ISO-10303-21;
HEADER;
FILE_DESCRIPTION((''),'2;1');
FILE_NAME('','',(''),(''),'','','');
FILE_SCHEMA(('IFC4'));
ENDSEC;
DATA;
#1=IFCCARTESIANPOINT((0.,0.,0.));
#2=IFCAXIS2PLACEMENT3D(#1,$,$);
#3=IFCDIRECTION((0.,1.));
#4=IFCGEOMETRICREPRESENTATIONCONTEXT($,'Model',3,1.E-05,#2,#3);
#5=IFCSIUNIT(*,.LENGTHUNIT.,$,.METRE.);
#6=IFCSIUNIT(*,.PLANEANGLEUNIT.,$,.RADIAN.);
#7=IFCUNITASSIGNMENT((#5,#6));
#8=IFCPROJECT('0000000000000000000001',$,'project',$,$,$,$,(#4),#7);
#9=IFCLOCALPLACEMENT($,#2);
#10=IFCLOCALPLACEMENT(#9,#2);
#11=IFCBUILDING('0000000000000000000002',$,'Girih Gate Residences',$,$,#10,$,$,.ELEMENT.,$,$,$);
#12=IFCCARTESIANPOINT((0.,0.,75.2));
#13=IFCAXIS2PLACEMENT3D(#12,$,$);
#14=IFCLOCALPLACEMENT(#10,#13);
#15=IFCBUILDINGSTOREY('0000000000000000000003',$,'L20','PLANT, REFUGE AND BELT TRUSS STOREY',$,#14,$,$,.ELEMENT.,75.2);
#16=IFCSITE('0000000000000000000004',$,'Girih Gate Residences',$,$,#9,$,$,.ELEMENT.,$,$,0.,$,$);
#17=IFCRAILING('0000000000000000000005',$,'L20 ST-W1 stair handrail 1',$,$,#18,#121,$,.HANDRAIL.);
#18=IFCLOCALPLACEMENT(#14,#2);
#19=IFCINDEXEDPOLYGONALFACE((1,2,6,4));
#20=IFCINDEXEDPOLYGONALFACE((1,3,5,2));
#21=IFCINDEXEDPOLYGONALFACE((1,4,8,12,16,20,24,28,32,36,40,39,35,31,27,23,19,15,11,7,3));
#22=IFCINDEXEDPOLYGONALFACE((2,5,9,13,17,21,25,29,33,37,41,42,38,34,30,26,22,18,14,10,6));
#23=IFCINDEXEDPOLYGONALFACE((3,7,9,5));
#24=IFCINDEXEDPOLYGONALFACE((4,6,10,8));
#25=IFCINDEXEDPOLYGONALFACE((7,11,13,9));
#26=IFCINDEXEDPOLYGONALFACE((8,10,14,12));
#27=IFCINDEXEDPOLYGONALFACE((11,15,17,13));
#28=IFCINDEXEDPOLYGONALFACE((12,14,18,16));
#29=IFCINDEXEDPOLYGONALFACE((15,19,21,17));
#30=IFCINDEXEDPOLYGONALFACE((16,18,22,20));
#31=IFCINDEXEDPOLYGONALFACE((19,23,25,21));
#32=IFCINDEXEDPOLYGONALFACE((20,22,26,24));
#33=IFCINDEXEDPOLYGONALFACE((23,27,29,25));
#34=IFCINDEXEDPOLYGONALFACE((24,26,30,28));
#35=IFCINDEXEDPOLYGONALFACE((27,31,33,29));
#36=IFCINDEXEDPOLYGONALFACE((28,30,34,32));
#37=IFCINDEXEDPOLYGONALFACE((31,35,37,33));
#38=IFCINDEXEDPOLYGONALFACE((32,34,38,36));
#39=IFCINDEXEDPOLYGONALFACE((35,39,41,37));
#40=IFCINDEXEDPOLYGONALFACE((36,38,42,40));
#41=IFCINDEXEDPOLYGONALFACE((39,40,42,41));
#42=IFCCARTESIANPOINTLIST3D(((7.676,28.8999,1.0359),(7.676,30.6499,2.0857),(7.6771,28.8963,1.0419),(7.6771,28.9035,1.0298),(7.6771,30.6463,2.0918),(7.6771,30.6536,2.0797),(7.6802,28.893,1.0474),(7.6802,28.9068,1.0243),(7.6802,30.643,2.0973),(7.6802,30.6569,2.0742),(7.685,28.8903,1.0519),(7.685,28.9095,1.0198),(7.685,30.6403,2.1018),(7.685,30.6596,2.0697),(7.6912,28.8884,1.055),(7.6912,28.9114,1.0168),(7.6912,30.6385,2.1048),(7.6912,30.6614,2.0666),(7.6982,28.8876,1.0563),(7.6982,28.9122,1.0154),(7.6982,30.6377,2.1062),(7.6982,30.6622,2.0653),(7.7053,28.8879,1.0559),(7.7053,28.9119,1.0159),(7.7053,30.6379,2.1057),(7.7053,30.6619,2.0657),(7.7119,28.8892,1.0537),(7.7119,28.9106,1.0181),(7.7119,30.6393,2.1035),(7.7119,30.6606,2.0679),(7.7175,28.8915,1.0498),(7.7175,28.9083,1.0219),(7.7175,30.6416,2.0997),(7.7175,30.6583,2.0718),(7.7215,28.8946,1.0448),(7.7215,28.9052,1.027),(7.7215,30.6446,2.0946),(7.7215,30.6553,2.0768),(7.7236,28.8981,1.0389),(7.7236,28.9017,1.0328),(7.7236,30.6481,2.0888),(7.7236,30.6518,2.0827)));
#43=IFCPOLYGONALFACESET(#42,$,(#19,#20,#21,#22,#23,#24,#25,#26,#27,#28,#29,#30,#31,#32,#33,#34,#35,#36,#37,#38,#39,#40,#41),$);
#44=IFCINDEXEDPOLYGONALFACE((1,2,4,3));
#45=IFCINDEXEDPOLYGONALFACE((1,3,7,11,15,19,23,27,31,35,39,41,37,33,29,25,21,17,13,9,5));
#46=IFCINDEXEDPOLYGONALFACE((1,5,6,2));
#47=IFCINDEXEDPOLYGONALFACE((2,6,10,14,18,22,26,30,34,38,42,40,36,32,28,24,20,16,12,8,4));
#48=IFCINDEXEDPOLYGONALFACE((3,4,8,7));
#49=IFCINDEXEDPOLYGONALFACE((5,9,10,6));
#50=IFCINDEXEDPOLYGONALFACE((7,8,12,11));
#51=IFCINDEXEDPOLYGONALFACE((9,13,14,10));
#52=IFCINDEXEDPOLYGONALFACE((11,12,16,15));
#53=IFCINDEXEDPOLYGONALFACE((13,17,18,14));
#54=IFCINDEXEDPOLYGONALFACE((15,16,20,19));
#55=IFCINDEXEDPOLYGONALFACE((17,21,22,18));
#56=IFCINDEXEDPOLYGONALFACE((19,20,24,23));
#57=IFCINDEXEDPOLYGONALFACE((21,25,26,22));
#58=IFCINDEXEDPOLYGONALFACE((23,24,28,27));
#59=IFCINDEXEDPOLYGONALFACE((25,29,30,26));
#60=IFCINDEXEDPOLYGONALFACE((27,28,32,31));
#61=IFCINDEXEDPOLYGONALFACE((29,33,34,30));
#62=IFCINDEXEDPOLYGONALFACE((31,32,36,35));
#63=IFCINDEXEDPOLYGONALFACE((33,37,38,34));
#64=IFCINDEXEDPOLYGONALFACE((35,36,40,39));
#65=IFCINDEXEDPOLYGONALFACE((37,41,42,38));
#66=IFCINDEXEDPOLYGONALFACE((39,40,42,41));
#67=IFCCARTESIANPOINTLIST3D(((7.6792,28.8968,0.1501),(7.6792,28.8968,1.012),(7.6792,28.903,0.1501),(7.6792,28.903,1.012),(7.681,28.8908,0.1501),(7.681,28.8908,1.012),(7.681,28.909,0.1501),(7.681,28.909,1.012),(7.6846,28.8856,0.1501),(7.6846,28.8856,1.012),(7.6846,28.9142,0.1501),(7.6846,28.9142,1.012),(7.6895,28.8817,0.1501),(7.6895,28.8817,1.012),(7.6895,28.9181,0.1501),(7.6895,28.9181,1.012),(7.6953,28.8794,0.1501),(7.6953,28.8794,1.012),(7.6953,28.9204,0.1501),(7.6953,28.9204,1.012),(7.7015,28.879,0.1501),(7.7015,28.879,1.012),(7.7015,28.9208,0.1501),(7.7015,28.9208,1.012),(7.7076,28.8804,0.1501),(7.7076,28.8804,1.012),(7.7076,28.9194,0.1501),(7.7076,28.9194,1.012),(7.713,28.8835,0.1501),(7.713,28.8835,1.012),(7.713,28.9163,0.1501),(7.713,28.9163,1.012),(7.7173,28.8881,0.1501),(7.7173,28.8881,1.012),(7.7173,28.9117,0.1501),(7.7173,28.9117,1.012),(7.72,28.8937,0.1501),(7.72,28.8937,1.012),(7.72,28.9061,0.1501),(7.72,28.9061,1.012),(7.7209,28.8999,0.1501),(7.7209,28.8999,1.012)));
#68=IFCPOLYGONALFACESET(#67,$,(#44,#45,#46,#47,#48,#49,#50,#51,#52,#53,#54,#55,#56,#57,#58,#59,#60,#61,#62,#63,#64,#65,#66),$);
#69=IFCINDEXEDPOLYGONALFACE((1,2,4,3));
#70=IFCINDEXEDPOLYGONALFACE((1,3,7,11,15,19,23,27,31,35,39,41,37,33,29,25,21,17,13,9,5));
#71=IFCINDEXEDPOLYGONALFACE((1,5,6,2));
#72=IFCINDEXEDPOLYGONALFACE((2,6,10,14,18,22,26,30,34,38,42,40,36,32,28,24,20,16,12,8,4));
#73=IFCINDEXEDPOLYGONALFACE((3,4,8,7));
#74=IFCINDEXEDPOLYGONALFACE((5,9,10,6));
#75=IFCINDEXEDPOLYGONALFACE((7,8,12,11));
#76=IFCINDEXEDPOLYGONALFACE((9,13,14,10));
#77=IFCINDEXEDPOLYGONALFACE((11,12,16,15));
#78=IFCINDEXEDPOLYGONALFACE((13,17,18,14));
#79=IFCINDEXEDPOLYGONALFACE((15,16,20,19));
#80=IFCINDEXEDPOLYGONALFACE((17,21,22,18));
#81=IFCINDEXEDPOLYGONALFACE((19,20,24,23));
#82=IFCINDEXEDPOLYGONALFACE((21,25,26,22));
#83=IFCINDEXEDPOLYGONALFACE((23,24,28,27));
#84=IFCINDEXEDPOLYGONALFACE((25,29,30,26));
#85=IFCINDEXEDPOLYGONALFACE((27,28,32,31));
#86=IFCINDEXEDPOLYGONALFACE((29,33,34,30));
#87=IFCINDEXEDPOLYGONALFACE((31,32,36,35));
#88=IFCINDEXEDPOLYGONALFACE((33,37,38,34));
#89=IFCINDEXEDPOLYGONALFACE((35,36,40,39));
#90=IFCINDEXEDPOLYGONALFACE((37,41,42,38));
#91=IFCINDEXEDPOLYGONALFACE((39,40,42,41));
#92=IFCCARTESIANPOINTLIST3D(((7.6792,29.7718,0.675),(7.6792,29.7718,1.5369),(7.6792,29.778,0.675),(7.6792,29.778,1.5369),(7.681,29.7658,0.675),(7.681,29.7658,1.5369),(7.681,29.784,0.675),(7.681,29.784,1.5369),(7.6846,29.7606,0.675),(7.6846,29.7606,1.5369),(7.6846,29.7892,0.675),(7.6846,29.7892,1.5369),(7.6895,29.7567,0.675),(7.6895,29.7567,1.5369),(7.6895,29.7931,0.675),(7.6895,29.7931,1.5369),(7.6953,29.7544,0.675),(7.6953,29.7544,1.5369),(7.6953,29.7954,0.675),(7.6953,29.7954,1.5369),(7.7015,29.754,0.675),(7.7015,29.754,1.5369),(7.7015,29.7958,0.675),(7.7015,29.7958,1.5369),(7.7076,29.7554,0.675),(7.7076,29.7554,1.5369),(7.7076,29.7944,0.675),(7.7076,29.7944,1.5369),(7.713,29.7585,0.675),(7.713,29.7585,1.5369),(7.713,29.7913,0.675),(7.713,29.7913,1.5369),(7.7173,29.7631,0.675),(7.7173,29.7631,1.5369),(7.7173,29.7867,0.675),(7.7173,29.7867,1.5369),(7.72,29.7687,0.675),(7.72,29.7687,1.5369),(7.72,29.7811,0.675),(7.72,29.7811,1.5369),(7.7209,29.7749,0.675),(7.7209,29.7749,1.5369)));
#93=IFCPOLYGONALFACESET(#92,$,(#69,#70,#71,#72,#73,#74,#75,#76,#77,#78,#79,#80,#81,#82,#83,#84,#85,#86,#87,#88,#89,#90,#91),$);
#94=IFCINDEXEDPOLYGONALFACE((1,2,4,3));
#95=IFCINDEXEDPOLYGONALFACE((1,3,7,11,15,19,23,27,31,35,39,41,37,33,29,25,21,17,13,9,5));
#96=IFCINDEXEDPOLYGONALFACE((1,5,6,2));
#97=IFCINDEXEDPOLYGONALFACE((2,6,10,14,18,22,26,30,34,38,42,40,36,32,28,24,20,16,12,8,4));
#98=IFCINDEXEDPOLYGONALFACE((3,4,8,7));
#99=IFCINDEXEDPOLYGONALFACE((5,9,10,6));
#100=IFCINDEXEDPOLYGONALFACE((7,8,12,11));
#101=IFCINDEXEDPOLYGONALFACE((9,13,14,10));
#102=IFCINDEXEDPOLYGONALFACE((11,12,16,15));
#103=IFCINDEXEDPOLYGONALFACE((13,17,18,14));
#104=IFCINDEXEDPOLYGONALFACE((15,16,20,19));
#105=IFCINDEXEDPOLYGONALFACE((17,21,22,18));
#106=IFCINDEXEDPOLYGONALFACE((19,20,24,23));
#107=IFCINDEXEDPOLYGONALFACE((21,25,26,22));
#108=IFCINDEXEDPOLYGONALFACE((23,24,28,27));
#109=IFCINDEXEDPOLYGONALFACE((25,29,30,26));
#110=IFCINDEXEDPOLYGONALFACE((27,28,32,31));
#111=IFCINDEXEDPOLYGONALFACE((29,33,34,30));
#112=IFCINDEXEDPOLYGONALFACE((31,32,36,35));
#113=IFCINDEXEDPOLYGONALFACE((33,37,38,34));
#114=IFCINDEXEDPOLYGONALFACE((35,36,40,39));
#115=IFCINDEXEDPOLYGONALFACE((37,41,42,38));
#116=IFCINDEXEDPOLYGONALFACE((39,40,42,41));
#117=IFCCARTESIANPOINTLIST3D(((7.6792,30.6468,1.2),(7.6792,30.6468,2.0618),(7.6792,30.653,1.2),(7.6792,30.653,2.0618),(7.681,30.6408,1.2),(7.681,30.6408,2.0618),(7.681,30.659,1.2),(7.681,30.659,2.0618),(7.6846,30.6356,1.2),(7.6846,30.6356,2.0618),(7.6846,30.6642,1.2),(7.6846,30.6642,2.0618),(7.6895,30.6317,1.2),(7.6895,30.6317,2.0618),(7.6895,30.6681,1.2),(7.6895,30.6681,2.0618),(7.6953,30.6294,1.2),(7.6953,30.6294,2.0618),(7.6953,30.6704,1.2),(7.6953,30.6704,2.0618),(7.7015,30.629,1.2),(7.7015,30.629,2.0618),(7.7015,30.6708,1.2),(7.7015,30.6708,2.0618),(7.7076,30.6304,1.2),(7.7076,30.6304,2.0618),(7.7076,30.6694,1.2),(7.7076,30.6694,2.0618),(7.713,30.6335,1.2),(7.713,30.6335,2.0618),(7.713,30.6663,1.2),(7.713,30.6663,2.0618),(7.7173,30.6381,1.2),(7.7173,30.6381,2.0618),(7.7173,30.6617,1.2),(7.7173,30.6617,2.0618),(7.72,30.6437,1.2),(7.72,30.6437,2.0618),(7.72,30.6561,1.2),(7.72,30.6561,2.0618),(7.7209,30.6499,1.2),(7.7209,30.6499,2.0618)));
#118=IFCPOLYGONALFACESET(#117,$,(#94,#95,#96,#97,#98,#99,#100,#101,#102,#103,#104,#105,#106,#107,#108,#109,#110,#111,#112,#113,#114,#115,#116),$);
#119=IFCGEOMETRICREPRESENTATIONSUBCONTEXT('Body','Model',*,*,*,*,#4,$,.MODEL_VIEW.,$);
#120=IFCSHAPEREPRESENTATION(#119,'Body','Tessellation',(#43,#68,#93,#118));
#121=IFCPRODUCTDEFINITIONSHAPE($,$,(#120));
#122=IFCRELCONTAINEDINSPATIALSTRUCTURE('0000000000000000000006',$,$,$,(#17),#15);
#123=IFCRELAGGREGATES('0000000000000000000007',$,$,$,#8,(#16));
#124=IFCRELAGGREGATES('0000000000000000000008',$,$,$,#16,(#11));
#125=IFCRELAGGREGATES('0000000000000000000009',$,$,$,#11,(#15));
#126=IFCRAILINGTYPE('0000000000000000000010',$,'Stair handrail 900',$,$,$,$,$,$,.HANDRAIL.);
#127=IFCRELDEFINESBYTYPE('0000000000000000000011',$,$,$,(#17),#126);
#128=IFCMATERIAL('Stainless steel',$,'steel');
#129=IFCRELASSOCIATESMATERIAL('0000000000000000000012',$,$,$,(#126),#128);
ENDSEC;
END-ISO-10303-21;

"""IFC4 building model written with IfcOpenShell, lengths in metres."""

from ifc_helpers import new_model, si_unit, direction, frame, origin, origin_2d, place, context, subcontext, project, spatial, circle, extrude, material, type_object, element, save


model = new_model("IFC4")

# Units and contexts
model_context = context("Model", 3, precision=1e-05, world=origin(), true_north=direction((0.0, 1.0)))
body_context = subcontext(model_context, "Body", "Model", "MODEL_VIEW")
ifc_project = project(units=[si_unit("LENGTHUNIT", "METRE"), si_unit("PLANEANGLEUNIT", "RADIAN")], contexts=[model_context])

# Site, building, storey
site_placement = place(None, origin())
site = spatial("IfcSite", under=ifc_project, at=site_placement, Name="Girih Gate Residences", CompositionType="ELEMENT", RefElevation=0.0)
building_placement = place(site_placement, origin())
building = spatial("IfcBuilding", under=site, at=building_placement, Name="Girih Gate Residences", CompositionType="ELEMENT")
storey_placement = place(building_placement, frame((0.0, 0.0, 75.2)))
storey = spatial("IfcBuildingStorey", under=building, at=storey_placement, Name="L20", Description="PLANT, REFUGE AND BELT TRUSS STOREY", CompositionType="ELEMENT", Elevation=75.2)

# Railing
ifc_material_1 = material(Name="Stainless steel", Category="steel")
railing_type_1 = type_object("IfcRailingType", Name="Stair handrail 900", PredefinedType="HANDRAIL", material=ifc_material_1)
railing_1_placement = place(storey_placement, frame((7.7, 28.8999, 0.1501)))
element("IfcRailing", 1, at=railing_1_placement, inside=storey, type_object=railing_type_1, Name="L20 ST-W1 stair handrail 1", PredefinedType="HANDRAIL", context=body_context, shape_type="SweptSolid", body=[
    extrude(circle(Radius=0.0239, at=origin_2d()), frame((0.0, 0.0, 0.8857), z_axis=(0.0, 0.857535, 0.514425), x_axis=(-1.0, 0.0, 0.0)), (0.0, 0.0, 1.0), 2.0408),
    extrude(circle(Radius=0.021, at=origin_2d()), origin(), (0.0, 0.0, 1.0), 0.8618),
    extrude(circle(Radius=0.021, at=origin_2d()), frame((0.0, 0.875, 0.5249)), (0.0, 0.0, 1.0), 0.8618),
    extrude(circle(Radius=0.021, at=origin_2d()), frame((0.0, 1.75, 1.0498)), (0.0, 0.0, 1.0), 0.8618),
])

save(model, "model.ifc")
